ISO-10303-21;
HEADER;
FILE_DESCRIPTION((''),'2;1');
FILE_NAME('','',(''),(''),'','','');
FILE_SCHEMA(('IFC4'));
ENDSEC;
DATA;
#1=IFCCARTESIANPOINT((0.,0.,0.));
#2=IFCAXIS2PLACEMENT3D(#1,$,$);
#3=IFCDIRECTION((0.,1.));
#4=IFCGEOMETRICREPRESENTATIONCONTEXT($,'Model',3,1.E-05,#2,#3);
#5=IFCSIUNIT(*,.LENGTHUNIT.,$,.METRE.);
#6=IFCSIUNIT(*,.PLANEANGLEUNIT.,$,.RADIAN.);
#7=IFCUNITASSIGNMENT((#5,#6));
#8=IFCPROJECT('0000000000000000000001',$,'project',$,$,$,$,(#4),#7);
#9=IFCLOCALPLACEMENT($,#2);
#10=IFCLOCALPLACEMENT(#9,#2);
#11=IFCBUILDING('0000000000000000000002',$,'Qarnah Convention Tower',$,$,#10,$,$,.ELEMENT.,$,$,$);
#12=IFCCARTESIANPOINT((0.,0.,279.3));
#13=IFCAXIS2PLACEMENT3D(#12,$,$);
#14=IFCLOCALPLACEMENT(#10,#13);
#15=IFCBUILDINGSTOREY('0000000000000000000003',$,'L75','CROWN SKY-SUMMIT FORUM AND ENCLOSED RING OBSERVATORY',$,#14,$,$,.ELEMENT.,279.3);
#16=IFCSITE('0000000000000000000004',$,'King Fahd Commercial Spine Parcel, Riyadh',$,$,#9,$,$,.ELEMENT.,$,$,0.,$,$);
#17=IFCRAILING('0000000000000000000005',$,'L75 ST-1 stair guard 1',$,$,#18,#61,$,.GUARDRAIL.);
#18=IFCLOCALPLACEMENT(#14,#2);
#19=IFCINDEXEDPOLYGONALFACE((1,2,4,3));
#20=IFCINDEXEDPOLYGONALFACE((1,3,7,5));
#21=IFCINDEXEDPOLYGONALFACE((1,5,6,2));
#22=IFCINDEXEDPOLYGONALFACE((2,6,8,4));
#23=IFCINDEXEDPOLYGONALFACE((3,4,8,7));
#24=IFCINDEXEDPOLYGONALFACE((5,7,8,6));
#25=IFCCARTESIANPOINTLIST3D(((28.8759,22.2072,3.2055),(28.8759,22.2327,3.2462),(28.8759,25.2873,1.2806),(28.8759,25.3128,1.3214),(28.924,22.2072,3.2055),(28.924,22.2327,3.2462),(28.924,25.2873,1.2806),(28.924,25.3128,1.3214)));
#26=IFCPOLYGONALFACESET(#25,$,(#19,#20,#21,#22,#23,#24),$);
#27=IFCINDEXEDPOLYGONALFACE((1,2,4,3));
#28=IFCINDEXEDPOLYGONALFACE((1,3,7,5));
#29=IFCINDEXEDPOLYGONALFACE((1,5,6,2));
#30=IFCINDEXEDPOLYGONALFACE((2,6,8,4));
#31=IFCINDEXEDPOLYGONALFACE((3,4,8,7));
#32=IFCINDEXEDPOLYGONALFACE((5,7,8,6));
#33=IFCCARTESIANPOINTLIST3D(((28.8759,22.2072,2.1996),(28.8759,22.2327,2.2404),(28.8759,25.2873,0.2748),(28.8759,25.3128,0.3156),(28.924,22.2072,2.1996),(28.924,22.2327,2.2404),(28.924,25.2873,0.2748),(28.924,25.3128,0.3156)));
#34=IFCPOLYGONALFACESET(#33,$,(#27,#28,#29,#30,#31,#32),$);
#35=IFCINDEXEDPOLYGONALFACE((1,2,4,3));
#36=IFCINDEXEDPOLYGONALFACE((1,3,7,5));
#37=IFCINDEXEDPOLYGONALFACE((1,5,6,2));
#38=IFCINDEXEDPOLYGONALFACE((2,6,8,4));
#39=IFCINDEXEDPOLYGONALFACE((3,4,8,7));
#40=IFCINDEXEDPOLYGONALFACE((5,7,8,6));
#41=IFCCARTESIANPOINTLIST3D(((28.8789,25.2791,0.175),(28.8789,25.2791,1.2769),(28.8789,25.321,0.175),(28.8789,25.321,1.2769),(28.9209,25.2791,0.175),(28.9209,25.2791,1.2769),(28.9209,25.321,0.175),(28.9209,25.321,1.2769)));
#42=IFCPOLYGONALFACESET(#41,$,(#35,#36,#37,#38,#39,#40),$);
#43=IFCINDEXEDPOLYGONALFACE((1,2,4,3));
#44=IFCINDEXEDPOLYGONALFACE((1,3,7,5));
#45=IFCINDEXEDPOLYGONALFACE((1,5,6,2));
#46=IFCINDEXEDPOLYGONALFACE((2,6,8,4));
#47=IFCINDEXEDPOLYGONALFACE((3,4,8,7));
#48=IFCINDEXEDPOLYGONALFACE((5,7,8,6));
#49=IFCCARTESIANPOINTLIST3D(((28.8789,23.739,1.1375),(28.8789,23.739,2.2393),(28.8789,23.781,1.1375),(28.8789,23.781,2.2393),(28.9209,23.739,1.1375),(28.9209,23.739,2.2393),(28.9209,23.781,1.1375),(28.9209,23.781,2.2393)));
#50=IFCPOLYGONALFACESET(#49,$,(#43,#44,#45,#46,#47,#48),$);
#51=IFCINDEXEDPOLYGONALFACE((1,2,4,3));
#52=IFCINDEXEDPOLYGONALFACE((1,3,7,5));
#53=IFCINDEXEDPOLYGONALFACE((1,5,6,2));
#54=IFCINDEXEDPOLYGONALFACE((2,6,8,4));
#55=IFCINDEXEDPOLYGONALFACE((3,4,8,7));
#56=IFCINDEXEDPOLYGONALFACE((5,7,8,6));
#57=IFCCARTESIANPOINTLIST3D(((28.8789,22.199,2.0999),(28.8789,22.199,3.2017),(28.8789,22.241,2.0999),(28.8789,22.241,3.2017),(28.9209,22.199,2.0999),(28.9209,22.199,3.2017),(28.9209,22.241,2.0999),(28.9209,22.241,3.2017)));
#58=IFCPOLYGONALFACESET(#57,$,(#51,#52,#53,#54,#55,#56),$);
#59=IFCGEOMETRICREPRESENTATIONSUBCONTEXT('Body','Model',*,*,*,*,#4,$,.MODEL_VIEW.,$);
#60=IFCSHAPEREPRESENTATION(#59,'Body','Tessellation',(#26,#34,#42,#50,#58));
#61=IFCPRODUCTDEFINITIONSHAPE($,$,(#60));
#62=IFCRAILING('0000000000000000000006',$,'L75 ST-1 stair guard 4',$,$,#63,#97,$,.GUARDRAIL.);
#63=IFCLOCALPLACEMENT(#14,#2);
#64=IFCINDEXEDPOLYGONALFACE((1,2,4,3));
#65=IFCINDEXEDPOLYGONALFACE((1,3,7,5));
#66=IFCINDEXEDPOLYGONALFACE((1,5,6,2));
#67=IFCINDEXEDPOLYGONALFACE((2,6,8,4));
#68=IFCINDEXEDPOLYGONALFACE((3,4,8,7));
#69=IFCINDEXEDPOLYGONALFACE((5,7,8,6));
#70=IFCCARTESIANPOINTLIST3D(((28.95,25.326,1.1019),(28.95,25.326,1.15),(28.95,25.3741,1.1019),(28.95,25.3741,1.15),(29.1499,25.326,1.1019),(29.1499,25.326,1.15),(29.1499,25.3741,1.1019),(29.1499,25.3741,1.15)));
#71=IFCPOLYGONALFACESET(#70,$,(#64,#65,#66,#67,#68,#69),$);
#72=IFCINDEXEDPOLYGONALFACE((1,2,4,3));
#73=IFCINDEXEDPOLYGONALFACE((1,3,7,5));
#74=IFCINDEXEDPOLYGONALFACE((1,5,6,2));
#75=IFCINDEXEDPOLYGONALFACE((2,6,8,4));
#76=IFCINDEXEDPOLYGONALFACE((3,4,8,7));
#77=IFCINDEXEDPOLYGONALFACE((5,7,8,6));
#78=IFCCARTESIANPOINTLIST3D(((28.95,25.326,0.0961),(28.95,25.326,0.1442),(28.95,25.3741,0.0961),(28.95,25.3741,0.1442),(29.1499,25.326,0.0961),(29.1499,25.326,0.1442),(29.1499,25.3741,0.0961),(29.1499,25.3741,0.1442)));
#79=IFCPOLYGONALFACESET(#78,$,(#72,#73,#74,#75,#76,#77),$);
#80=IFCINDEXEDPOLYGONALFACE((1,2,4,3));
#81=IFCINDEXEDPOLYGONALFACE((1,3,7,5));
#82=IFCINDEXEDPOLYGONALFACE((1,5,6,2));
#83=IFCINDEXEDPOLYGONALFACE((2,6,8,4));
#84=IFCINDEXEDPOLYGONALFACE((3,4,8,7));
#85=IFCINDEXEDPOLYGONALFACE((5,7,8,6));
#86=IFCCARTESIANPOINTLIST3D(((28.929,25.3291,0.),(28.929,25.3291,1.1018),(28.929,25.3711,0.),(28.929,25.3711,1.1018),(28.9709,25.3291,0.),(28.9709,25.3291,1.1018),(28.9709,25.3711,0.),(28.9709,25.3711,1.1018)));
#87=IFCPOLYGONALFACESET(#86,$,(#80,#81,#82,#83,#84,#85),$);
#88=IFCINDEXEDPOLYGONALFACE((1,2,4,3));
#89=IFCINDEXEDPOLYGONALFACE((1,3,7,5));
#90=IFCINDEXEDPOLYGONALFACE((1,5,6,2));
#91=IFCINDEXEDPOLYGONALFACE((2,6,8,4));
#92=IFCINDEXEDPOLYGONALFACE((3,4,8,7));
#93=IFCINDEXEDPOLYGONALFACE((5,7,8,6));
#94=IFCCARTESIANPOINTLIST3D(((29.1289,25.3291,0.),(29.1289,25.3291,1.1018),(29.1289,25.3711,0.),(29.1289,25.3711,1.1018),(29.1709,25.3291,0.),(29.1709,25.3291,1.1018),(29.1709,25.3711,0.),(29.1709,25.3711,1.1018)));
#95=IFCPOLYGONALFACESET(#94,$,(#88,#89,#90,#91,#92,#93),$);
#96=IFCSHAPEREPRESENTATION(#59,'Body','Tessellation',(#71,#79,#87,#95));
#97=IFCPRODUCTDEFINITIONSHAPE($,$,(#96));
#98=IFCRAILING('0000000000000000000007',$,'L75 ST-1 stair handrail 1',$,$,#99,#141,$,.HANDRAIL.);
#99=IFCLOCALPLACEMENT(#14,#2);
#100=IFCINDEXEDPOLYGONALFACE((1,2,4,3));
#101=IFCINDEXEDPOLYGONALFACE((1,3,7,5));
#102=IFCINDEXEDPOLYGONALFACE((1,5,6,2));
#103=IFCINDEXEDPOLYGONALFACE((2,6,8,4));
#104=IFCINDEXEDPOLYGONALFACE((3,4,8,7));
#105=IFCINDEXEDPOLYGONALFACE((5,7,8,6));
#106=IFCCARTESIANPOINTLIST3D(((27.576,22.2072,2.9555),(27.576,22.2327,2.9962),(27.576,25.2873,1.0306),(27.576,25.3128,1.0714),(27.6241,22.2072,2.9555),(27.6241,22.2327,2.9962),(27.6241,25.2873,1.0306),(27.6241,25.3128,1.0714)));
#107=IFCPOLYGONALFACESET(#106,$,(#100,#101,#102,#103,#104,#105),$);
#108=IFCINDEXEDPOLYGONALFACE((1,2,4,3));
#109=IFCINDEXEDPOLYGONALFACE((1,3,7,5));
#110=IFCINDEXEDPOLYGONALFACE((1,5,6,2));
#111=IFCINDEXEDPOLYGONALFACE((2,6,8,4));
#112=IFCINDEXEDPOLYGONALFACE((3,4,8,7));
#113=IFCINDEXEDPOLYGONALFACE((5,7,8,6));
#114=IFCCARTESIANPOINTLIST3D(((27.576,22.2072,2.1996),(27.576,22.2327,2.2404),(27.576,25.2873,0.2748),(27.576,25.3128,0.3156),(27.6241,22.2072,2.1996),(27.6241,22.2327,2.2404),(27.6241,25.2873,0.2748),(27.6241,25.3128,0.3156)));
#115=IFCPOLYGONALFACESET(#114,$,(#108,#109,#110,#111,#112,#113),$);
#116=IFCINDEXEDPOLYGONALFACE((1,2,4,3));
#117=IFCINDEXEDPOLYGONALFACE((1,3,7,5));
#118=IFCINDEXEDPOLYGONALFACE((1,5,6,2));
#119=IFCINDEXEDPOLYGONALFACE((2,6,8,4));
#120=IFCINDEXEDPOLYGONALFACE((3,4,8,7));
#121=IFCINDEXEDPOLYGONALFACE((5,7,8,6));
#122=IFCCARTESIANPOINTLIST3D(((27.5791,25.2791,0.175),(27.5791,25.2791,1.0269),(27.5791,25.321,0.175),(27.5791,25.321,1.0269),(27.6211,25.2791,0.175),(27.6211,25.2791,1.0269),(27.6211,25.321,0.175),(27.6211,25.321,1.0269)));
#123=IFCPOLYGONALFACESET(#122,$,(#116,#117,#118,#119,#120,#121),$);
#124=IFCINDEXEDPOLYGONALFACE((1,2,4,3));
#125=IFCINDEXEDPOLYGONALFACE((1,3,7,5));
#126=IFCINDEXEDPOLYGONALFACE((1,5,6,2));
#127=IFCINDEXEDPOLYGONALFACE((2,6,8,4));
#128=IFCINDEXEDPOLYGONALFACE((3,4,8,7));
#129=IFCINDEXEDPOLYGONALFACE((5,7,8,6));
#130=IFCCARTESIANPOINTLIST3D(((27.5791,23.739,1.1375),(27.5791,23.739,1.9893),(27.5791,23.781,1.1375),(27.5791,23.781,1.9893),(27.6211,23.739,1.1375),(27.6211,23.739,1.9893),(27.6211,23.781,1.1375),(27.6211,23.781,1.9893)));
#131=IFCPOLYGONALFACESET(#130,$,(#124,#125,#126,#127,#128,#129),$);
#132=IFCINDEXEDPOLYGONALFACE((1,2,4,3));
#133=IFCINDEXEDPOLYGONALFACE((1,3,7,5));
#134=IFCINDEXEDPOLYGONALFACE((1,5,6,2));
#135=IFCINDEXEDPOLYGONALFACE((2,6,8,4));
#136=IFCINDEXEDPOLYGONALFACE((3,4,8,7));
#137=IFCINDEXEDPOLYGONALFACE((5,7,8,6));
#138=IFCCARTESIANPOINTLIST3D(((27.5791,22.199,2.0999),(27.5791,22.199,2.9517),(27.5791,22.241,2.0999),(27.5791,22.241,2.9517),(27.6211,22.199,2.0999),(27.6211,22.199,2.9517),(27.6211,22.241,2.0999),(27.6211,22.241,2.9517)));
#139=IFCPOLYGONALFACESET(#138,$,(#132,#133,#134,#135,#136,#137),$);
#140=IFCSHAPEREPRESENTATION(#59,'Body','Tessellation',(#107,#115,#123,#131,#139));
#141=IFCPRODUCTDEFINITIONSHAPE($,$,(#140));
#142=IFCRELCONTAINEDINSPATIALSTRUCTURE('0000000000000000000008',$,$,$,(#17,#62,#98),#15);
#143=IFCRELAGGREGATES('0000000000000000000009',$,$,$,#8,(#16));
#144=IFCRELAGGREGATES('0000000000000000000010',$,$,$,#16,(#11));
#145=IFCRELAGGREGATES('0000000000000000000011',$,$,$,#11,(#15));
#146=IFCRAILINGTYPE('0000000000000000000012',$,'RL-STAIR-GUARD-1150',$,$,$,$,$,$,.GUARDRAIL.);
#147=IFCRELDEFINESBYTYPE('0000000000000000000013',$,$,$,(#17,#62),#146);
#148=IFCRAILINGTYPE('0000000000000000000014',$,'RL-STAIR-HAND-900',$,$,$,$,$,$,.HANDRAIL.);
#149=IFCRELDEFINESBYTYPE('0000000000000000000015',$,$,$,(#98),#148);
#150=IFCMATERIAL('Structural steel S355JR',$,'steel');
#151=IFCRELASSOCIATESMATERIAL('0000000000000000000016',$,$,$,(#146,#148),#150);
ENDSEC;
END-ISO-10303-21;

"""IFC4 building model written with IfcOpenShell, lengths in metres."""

from ifc_helpers import new_model, si_unit, direction, frame, origin, origin_2d, place, context, subcontext, project, spatial, rectangle, extrude, material, type_object, element, save


model = new_model("IFC4")

# Units and contexts
model_context = context("Model", 3, precision=1e-05, world=origin(), true_north=direction((0.0, 1.0)))
body_context = subcontext(model_context, "Body", "Model", "MODEL_VIEW")
ifc_project = project(units=[si_unit("LENGTHUNIT", "METRE"), si_unit("PLANEANGLEUNIT", "RADIAN")], contexts=[model_context])

# Site, building, storey
site_placement = place(None, origin())
site = spatial("IfcSite", under=ifc_project, at=site_placement, Name="King Fahd Commercial Spine Parcel, Riyadh", CompositionType="ELEMENT", RefElevation=0.0)
building_placement = place(site_placement, origin())
building = spatial("IfcBuilding", under=site, at=building_placement, Name="Qarnah Convention Tower", CompositionType="ELEMENT")
storey_placement = place(building_placement, frame((0.0, 0.0, 279.3)))
storey = spatial("IfcBuildingStorey", under=building, at=storey_placement, Name="L75", Description="CROWN SKY-SUMMIT FORUM AND ENCLOSED RING OBSERVATORY", CompositionType="ELEMENT", Elevation=279.3)

# Shared definitions
ifc_material_1 = material(Name="Structural steel S355JR", Category="steel")

# Railings
railing_type_1 = type_object("IfcRailingType", Name="RL-STAIR-GUARD-1150", PredefinedType="GUARDRAIL", material=ifc_material_1)
railing_1_placement = place(storey_placement, frame((28.8999, 25.3, 0.175)))
element("IfcRailing", 1, at=railing_1_placement, inside=storey, type_object=railing_type_1, Name="L75 ST-1 stair guard 1", PredefinedType="GUARDRAIL", context=body_context, shape_type="SweptSolid", body=[
    extrude(rectangle(XDim=0.0481, YDim=0.0481, at=origin_2d()), frame((0.0, 0.0, 1.126), z_axis=(0.0, -0.848029, 0.529951), x_axis=(1.0, 0.0, 0.0)), (0.0, 0.0, 1.0), 3.6321),
    extrude(rectangle(XDim=0.0481, YDim=0.0481, at=origin_2d()), frame((0.0, 0.0, 0.1201), z_axis=(0.0, -0.848029, 0.529951), x_axis=(1.0, 0.0, 0.0)), (0.0, 0.0, 1.0), 3.6321),
    extrude(rectangle(XDim=0.042, YDim=0.042, at=origin_2d()), origin(), (0.0, 0.0, 1.0), 1.1018),
    extrude(rectangle(XDim=0.042, YDim=0.042, at=origin_2d()), frame((0.0, -1.54, 0.9624)), (0.0, 0.0, 1.0), 1.1018),
    extrude(rectangle(XDim=0.042, YDim=0.042, at=origin_2d()), frame((0.0, -3.0801, 1.9248)), (0.0, 0.0, 1.0), 1.1018),
])
railing_2_placement = place(storey_placement, frame((28.95, 25.3501, 0.0)))
element("IfcRailing", 2, at=railing_2_placement, inside=storey, type_object=railing_type_1, Name="L75 ST-1 stair guard 4", PredefinedType="GUARDRAIL", context=body_context, shape_type="SweptSolid", body=[
    extrude(rectangle(XDim=0.0481, YDim=0.0481, at=origin_2d()), frame((0.0, 0.0, 1.126), z_axis=(1.0, 0.0, 0.0), x_axis=(0.0, 1.0, 0.0)), (0.0, 0.0, 1.0), 0.2),
    extrude(rectangle(XDim=0.0481, YDim=0.0481, at=origin_2d()), frame((0.0, 0.0, 0.1201), z_axis=(1.0, 0.0, 0.0), x_axis=(0.0, 1.0, 0.0)), (0.0, 0.0, 1.0), 0.2),
    extrude(rectangle(XDim=0.042, YDim=0.042, at=origin_2d()), origin(), (0.0, 0.0, 1.0), 1.1018),
    extrude(rectangle(XDim=0.042, YDim=0.042, at=origin_2d()), frame((0.2, 0.0, 0.0)), (0.0, 0.0, 1.0), 1.1018),
])
railing_type_2 = type_object("IfcRailingType", Name="RL-STAIR-HAND-900", PredefinedType="HANDRAIL", material=ifc_material_1)
railing_3_placement = place(storey_placement, frame((27.6001, 25.3, 0.175)))
element("IfcRailing", 3, at=railing_3_placement, inside=storey, type_object=railing_type_2, Name="L75 ST-1 stair handrail 1", PredefinedType="HANDRAIL", context=body_context, shape_type="SweptSolid", body=[
    extrude(rectangle(XDim=0.0481, YDim=0.0481, at=origin_2d()), frame((0.0, 0.0, 0.876), z_axis=(0.0, -0.848029, 0.529951), x_axis=(1.0, 0.0, 0.0)), (0.0, 0.0, 1.0), 3.6321),
    extrude(rectangle(XDim=0.0481, YDim=0.0481, at=origin_2d()), frame((0.0, 0.0, 0.1201), z_axis=(0.0, -0.848029, 0.529951), x_axis=(1.0, 0.0, 0.0)), (0.0, 0.0, 1.0), 3.6321),
    extrude(rectangle(XDim=0.042, YDim=0.042, at=origin_2d()), origin(), (0.0, 0.0, 1.0), 0.8518),
    extrude(rectangle(XDim=0.042, YDim=0.042, at=origin_2d()), frame((0.0, -1.54, 0.9624)), (0.0, 0.0, 1.0), 0.8518),
    extrude(rectangle(XDim=0.042, YDim=0.042, at=origin_2d()), frame((0.0, -3.0801, 1.9248)), (0.0, 0.0, 1.0), 0.8518),
])

save(model, "model.ifc")
